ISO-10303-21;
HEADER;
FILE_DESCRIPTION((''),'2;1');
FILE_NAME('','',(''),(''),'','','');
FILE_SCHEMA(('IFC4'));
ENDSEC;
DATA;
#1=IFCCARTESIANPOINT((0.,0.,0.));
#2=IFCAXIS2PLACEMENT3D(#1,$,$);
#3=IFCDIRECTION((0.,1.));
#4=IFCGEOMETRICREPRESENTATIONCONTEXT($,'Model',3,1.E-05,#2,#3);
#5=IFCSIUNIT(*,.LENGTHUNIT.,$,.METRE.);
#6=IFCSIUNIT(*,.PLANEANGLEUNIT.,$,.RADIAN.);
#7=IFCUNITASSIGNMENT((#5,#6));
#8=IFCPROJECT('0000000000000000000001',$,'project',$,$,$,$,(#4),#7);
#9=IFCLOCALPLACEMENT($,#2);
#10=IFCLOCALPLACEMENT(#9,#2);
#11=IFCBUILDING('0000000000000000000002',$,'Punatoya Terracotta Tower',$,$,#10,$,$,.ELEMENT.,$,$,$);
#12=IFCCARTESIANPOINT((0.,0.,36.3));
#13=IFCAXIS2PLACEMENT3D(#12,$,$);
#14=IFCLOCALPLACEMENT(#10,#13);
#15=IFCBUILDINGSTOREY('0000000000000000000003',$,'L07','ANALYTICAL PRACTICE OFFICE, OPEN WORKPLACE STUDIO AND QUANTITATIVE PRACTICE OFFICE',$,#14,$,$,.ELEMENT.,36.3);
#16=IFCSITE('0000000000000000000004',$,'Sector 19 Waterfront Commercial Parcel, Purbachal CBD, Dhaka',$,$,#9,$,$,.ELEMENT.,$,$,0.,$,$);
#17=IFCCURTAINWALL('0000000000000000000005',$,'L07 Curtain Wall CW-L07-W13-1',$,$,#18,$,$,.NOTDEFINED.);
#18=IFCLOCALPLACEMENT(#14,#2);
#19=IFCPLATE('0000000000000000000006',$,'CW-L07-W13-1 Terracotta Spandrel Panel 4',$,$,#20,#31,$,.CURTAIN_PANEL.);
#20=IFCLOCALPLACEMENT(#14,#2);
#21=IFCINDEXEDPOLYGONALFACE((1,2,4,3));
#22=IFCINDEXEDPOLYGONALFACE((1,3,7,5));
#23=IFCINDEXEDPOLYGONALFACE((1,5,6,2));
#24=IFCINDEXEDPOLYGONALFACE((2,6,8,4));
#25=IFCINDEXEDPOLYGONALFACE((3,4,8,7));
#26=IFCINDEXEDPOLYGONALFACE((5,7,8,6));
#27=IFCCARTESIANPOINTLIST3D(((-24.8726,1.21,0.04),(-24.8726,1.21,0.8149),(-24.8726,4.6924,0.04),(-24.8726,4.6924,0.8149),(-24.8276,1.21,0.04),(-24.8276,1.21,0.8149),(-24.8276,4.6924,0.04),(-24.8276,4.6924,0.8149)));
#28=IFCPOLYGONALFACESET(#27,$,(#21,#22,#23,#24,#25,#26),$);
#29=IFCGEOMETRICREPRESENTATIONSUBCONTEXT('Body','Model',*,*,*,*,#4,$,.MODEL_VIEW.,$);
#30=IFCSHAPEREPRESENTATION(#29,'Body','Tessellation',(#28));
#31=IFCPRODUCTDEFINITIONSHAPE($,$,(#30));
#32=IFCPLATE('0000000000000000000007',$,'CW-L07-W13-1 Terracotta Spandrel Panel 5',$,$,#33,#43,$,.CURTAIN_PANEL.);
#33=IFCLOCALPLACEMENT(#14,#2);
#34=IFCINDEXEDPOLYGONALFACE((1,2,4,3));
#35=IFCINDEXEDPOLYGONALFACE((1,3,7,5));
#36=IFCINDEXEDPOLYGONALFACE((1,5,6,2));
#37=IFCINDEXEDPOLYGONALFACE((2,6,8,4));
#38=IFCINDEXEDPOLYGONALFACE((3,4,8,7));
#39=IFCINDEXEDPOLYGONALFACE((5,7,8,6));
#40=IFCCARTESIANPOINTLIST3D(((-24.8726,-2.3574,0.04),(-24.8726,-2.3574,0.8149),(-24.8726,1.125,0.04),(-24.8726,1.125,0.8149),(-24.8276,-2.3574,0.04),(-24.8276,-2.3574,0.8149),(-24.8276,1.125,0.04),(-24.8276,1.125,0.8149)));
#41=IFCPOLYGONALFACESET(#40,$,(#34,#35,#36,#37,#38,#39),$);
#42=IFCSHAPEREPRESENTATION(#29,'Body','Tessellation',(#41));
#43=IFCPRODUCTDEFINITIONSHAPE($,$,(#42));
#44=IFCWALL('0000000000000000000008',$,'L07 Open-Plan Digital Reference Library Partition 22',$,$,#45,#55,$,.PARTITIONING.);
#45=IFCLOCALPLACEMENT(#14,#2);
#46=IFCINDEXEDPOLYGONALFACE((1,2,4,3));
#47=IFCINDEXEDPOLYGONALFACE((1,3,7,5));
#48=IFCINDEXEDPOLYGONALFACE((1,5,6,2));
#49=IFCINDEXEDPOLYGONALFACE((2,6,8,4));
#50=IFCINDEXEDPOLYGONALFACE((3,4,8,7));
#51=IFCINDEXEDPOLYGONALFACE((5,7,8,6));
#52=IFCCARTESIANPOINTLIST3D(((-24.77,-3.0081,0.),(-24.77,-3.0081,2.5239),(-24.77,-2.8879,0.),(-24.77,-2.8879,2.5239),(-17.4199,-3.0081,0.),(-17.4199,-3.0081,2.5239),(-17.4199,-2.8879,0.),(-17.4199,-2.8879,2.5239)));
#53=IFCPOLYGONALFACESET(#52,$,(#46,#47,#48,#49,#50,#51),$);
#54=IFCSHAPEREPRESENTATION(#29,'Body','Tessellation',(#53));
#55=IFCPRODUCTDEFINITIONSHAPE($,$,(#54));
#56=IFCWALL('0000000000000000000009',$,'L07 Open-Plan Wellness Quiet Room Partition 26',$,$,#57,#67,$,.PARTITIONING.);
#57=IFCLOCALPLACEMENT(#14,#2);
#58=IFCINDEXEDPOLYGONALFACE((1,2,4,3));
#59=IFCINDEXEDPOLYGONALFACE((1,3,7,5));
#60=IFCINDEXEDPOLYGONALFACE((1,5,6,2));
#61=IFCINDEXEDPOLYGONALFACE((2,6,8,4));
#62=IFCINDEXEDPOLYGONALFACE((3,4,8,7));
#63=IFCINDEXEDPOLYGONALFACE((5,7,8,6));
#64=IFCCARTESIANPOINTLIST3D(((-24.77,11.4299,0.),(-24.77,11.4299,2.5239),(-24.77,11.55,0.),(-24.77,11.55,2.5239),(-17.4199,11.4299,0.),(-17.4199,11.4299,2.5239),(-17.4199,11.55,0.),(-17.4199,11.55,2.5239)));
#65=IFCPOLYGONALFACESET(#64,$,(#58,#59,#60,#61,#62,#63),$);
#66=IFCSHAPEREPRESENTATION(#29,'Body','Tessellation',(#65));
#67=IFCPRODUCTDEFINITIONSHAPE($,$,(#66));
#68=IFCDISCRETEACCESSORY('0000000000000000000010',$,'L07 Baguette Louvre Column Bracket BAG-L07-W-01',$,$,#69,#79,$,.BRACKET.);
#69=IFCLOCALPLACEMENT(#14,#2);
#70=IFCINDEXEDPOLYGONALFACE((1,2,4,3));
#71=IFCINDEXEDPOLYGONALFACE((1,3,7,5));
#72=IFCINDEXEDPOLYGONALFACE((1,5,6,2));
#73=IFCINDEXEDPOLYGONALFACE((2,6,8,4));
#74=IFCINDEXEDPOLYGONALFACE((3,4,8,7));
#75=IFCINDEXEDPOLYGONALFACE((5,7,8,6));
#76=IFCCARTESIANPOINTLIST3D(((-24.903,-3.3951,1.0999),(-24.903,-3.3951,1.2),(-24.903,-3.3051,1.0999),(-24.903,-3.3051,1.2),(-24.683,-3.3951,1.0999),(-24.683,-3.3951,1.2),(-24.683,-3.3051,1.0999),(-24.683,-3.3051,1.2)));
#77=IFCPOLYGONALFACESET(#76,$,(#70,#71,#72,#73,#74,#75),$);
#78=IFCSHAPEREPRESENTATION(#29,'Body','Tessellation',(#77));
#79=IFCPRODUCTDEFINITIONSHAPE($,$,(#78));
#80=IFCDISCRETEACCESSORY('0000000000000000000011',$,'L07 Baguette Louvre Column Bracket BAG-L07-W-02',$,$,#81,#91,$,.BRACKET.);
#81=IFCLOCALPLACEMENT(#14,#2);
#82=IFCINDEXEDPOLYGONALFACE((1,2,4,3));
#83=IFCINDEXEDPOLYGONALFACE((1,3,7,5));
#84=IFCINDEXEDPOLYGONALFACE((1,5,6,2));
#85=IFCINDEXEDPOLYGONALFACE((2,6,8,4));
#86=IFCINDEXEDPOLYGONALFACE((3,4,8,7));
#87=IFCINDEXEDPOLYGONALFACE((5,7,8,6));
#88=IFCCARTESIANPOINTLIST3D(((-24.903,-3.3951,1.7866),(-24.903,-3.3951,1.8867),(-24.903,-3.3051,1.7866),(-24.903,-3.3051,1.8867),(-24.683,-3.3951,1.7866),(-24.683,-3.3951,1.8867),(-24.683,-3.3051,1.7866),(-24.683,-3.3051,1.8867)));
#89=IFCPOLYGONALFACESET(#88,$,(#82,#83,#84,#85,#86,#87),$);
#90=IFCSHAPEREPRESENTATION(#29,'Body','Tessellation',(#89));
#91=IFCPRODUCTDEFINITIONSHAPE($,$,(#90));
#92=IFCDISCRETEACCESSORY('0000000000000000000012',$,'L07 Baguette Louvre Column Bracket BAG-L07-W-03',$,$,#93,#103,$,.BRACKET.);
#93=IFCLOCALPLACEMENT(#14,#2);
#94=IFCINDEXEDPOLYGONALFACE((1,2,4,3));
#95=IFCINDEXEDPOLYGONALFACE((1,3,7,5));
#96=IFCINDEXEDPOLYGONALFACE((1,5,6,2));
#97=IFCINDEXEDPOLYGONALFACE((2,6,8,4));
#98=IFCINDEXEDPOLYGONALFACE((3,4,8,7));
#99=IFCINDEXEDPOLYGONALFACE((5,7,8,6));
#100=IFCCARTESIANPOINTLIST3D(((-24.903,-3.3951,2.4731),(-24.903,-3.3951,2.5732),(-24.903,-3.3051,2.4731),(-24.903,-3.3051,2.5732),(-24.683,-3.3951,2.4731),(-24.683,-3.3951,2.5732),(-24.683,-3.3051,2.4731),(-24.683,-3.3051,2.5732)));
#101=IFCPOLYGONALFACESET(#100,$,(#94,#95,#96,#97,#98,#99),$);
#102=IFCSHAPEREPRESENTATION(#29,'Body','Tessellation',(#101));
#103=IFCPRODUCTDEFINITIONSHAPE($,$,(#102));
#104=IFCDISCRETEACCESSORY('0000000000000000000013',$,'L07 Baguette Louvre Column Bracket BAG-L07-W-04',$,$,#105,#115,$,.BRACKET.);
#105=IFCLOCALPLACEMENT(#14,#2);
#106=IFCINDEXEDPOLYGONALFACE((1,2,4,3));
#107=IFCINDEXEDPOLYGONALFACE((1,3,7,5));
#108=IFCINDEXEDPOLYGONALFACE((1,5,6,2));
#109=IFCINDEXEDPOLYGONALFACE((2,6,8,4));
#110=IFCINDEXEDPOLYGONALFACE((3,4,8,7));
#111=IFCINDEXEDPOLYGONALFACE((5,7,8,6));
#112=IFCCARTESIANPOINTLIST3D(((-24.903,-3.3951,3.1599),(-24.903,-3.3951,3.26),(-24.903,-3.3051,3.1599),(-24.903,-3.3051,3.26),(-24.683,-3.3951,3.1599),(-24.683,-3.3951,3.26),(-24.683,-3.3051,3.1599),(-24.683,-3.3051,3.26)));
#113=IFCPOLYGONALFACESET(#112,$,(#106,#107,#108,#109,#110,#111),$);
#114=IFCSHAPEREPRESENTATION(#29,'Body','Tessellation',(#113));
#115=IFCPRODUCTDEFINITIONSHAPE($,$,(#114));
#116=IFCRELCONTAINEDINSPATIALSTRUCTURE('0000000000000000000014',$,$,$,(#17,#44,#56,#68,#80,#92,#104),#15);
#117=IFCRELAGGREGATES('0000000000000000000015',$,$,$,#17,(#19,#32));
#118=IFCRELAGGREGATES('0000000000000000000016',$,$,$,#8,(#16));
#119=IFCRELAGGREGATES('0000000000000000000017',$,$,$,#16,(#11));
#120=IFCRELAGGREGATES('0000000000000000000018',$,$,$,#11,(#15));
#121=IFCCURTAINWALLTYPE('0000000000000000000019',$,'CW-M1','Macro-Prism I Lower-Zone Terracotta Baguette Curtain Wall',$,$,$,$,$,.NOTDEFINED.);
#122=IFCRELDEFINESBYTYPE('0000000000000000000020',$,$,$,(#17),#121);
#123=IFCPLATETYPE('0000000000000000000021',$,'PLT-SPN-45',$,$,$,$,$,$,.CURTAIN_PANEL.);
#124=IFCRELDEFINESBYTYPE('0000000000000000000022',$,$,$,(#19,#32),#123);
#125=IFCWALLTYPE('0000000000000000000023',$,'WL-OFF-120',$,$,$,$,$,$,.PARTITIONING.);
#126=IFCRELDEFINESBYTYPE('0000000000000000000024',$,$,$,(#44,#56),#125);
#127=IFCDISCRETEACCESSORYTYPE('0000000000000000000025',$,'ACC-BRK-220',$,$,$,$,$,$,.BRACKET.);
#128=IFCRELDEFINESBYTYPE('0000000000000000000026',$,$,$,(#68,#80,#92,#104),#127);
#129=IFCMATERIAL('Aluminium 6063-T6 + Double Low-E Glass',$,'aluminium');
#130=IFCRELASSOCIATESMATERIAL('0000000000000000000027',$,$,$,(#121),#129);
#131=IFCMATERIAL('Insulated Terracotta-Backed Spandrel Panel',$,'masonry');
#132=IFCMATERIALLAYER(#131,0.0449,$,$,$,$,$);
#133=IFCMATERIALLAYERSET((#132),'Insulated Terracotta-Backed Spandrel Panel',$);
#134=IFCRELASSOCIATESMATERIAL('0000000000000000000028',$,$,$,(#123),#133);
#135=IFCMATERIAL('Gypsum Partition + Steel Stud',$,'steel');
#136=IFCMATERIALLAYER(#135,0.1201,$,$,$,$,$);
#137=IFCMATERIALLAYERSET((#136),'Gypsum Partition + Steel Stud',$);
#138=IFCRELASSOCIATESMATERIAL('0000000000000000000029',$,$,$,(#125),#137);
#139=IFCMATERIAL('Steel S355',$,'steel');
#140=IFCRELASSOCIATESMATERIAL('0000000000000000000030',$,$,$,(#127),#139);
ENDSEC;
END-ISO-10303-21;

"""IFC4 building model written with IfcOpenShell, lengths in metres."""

from ifc_helpers import new_model, si_unit, direction, frame, frame_2d, origin, origin_2d, place, context, subcontext, project, spatial, rectangle, extrude, material, layer, layer_set, type_object, element, aggregate, save


model = new_model("IFC4")

# Units and contexts
model_context = context("Model", 3, precision=1e-05, world=origin(), true_north=direction((0.0, 1.0)))
body_context = subcontext(model_context, "Body", "Model", "MODEL_VIEW")
ifc_project = project(units=[si_unit("LENGTHUNIT", "METRE"), si_unit("PLANEANGLEUNIT", "RADIAN")], contexts=[model_context])

# Site, building, storey
site_placement = place(None, origin())
site = spatial("IfcSite", under=ifc_project, at=site_placement, Name="Sector 19 Waterfront Commercial Parcel, Purbachal CBD, Dhaka", CompositionType="ELEMENT", RefElevation=0.0)
building_placement = place(site_placement, origin())
building = spatial("IfcBuilding", under=site, at=building_placement, Name="Punatoya Terracotta Tower", CompositionType="ELEMENT")
storey_placement = place(building_placement, frame((0.0, 0.0, 36.3)))
storey = spatial("IfcBuildingStorey", under=building, at=storey_placement, Name="L07", Description="ANALYTICAL PRACTICE OFFICE, OPEN WORKPLACE STUDIO AND QUANTITATIVE PRACTICE OFFICE", CompositionType="ELEMENT", Elevation=36.3)

# Curtain wall
ifc_material_1 = material(Name="Aluminium 6063-T6 + Double Low-E Glass", Category="aluminium")
curtain_wall_type = type_object("IfcCurtainWallType", Name="CW-M1", Description="Macro-Prism I Lower-Zone Terracotta Baguette Curtain Wall", PredefinedType="NOTDEFINED", material=ifc_material_1)
curtain_wall_placement = place(storey_placement, origin())
curtain_wall = element("IfcCurtainWall", 1, at=curtain_wall_placement, inside=storey, type_object=curtain_wall_type, Name="L07 Curtain Wall CW-L07-W13-1", PredefinedType="NOTDEFINED")

# Shared definitions
ifc_material_2 = material(Name="Steel S355", Category="steel")

# Plates
ifc_material_3 = material(Name="Insulated Terracotta-Backed Spandrel Panel", Category="masonry")
ifc_layer_1 = layer(ifc_material_3, 0.0449)
ifc_layer_set_1 = layer_set([ifc_layer_1], Name="Insulated Terracotta-Backed Spandrel Panel")
plate_type_1 = type_object("IfcPlateType", Name="PLT-SPN-45", PredefinedType="CURTAIN_PANEL", material=ifc_layer_set_1)
plate_1_placement = place(storey_placement, frame((-24.8501, 2.9512, 0.04), z_axis=(0.0, 0.0, 1.0), x_axis=(0.0, -1.0, 0.0)))
plate_1 = element("IfcPlate", 2, at=plate_1_placement, type_object=plate_type_1, Name="CW-L07-W13-1 Terracotta Spandrel Panel 4", PredefinedType="CURTAIN_PANEL", context=body_context, shape_type="SweptSolid", body=[
    extrude(rectangle(XDim=3.4824, YDim=0.0449, at=origin_2d()), origin(), (0.0, 0.0, 1.0), 0.7749),
])
plate_2_placement = place(storey_placement, frame((-24.8501, -0.6162, 0.04), z_axis=(0.0, 0.0, 1.0), x_axis=(0.0, -1.0, 0.0)))
plate_2 = element("IfcPlate", 3, at=plate_2_placement, type_object=plate_type_1, Name="CW-L07-W13-1 Terracotta Spandrel Panel 5", PredefinedType="CURTAIN_PANEL", context=body_context, shape_type="SweptSolid", body=[
    extrude(rectangle(XDim=3.4824, YDim=0.0449, at=origin_2d()), origin(), (0.0, 0.0, 1.0), 0.7749),
])
aggregate(curtain_wall, [plate_1, plate_2])

# Walls
ifc_material_4 = material(Name="Gypsum Partition + Steel Stud", Category="steel")
ifc_layer_2 = layer(ifc_material_4, 0.1201)
ifc_layer_set_2 = layer_set([ifc_layer_2], Name="Gypsum Partition + Steel Stud")
wall_type = type_object("IfcWallType", Name="WL-OFF-120", PredefinedType="PARTITIONING", material=ifc_layer_set_2)
for number, where, z_axis, x_axis, name in (
    (4, (-24.77, -2.948, 0.0), (0.0, 0.0, 1.0), (1.0, 0.0, 0.0), "L07 Open-Plan Digital Reference Library Partition 22"),
    (5, (-24.77, 11.49, 0.0), (0.0, 0.0, 1.0), (1.0, 0.0, 0.0), "L07 Open-Plan Wellness Quiet Room Partition 26"),
):
    element("IfcWall", number, at=place(storey_placement, frame(where, z_axis=z_axis, x_axis=x_axis)), inside=storey, type_object=wall_type, Name=name, PredefinedType="PARTITIONING", context=body_context, shape_type="SweptSolid", body=[
        extrude(rectangle(XDim=7.3501, YDim=0.1201, at=frame_2d((3.675, 0.0))), origin(), (0.0, 0.0, 1.0), 2.5239),
    ])

# Discrete accessories
discrete_accessory_type = type_object("IfcDiscreteAccessoryType", Name="ACC-BRK-220", PredefinedType="BRACKET", material=ifc_material_2)
for number, where, z_axis, x_axis, name in (
    (6, (-24.793, -3.3501, 1.0999), (0.0, 0.0, 1.0), (0.0, 1.0, 0.0), "L07 Baguette Louvre Column Bracket BAG-L07-W-01"),
    (7, (-24.793, -3.3501, 1.7866), (0.0, 0.0, 1.0), (0.0, 1.0, 0.0), "L07 Baguette Louvre Column Bracket BAG-L07-W-02"),
    (8, (-24.793, -3.3501, 2.4731), (0.0, 0.0, 1.0), (0.0, 1.0, 0.0), "L07 Baguette Louvre Column Bracket BAG-L07-W-03"),
    (9, (-24.793, -3.3501, 3.1599), (0.0, 0.0, 1.0), (0.0, 1.0, 0.0), "L07 Baguette Louvre Column Bracket BAG-L07-W-04"),
):
    element("IfcDiscreteAccessory", number, at=place(storey_placement, frame(where, z_axis=z_axis, x_axis=x_axis)), inside=storey, type_object=discrete_accessory_type, Name=name, PredefinedType="BRACKET", context=body_context, shape_type="SweptSolid", body=[
        extrude(rectangle(XDim=0.0901, YDim=0.22, at=origin_2d()), origin(), (0.0, 0.0, 1.0), 0.1001),
    ])

save(model, "model.ifc")
